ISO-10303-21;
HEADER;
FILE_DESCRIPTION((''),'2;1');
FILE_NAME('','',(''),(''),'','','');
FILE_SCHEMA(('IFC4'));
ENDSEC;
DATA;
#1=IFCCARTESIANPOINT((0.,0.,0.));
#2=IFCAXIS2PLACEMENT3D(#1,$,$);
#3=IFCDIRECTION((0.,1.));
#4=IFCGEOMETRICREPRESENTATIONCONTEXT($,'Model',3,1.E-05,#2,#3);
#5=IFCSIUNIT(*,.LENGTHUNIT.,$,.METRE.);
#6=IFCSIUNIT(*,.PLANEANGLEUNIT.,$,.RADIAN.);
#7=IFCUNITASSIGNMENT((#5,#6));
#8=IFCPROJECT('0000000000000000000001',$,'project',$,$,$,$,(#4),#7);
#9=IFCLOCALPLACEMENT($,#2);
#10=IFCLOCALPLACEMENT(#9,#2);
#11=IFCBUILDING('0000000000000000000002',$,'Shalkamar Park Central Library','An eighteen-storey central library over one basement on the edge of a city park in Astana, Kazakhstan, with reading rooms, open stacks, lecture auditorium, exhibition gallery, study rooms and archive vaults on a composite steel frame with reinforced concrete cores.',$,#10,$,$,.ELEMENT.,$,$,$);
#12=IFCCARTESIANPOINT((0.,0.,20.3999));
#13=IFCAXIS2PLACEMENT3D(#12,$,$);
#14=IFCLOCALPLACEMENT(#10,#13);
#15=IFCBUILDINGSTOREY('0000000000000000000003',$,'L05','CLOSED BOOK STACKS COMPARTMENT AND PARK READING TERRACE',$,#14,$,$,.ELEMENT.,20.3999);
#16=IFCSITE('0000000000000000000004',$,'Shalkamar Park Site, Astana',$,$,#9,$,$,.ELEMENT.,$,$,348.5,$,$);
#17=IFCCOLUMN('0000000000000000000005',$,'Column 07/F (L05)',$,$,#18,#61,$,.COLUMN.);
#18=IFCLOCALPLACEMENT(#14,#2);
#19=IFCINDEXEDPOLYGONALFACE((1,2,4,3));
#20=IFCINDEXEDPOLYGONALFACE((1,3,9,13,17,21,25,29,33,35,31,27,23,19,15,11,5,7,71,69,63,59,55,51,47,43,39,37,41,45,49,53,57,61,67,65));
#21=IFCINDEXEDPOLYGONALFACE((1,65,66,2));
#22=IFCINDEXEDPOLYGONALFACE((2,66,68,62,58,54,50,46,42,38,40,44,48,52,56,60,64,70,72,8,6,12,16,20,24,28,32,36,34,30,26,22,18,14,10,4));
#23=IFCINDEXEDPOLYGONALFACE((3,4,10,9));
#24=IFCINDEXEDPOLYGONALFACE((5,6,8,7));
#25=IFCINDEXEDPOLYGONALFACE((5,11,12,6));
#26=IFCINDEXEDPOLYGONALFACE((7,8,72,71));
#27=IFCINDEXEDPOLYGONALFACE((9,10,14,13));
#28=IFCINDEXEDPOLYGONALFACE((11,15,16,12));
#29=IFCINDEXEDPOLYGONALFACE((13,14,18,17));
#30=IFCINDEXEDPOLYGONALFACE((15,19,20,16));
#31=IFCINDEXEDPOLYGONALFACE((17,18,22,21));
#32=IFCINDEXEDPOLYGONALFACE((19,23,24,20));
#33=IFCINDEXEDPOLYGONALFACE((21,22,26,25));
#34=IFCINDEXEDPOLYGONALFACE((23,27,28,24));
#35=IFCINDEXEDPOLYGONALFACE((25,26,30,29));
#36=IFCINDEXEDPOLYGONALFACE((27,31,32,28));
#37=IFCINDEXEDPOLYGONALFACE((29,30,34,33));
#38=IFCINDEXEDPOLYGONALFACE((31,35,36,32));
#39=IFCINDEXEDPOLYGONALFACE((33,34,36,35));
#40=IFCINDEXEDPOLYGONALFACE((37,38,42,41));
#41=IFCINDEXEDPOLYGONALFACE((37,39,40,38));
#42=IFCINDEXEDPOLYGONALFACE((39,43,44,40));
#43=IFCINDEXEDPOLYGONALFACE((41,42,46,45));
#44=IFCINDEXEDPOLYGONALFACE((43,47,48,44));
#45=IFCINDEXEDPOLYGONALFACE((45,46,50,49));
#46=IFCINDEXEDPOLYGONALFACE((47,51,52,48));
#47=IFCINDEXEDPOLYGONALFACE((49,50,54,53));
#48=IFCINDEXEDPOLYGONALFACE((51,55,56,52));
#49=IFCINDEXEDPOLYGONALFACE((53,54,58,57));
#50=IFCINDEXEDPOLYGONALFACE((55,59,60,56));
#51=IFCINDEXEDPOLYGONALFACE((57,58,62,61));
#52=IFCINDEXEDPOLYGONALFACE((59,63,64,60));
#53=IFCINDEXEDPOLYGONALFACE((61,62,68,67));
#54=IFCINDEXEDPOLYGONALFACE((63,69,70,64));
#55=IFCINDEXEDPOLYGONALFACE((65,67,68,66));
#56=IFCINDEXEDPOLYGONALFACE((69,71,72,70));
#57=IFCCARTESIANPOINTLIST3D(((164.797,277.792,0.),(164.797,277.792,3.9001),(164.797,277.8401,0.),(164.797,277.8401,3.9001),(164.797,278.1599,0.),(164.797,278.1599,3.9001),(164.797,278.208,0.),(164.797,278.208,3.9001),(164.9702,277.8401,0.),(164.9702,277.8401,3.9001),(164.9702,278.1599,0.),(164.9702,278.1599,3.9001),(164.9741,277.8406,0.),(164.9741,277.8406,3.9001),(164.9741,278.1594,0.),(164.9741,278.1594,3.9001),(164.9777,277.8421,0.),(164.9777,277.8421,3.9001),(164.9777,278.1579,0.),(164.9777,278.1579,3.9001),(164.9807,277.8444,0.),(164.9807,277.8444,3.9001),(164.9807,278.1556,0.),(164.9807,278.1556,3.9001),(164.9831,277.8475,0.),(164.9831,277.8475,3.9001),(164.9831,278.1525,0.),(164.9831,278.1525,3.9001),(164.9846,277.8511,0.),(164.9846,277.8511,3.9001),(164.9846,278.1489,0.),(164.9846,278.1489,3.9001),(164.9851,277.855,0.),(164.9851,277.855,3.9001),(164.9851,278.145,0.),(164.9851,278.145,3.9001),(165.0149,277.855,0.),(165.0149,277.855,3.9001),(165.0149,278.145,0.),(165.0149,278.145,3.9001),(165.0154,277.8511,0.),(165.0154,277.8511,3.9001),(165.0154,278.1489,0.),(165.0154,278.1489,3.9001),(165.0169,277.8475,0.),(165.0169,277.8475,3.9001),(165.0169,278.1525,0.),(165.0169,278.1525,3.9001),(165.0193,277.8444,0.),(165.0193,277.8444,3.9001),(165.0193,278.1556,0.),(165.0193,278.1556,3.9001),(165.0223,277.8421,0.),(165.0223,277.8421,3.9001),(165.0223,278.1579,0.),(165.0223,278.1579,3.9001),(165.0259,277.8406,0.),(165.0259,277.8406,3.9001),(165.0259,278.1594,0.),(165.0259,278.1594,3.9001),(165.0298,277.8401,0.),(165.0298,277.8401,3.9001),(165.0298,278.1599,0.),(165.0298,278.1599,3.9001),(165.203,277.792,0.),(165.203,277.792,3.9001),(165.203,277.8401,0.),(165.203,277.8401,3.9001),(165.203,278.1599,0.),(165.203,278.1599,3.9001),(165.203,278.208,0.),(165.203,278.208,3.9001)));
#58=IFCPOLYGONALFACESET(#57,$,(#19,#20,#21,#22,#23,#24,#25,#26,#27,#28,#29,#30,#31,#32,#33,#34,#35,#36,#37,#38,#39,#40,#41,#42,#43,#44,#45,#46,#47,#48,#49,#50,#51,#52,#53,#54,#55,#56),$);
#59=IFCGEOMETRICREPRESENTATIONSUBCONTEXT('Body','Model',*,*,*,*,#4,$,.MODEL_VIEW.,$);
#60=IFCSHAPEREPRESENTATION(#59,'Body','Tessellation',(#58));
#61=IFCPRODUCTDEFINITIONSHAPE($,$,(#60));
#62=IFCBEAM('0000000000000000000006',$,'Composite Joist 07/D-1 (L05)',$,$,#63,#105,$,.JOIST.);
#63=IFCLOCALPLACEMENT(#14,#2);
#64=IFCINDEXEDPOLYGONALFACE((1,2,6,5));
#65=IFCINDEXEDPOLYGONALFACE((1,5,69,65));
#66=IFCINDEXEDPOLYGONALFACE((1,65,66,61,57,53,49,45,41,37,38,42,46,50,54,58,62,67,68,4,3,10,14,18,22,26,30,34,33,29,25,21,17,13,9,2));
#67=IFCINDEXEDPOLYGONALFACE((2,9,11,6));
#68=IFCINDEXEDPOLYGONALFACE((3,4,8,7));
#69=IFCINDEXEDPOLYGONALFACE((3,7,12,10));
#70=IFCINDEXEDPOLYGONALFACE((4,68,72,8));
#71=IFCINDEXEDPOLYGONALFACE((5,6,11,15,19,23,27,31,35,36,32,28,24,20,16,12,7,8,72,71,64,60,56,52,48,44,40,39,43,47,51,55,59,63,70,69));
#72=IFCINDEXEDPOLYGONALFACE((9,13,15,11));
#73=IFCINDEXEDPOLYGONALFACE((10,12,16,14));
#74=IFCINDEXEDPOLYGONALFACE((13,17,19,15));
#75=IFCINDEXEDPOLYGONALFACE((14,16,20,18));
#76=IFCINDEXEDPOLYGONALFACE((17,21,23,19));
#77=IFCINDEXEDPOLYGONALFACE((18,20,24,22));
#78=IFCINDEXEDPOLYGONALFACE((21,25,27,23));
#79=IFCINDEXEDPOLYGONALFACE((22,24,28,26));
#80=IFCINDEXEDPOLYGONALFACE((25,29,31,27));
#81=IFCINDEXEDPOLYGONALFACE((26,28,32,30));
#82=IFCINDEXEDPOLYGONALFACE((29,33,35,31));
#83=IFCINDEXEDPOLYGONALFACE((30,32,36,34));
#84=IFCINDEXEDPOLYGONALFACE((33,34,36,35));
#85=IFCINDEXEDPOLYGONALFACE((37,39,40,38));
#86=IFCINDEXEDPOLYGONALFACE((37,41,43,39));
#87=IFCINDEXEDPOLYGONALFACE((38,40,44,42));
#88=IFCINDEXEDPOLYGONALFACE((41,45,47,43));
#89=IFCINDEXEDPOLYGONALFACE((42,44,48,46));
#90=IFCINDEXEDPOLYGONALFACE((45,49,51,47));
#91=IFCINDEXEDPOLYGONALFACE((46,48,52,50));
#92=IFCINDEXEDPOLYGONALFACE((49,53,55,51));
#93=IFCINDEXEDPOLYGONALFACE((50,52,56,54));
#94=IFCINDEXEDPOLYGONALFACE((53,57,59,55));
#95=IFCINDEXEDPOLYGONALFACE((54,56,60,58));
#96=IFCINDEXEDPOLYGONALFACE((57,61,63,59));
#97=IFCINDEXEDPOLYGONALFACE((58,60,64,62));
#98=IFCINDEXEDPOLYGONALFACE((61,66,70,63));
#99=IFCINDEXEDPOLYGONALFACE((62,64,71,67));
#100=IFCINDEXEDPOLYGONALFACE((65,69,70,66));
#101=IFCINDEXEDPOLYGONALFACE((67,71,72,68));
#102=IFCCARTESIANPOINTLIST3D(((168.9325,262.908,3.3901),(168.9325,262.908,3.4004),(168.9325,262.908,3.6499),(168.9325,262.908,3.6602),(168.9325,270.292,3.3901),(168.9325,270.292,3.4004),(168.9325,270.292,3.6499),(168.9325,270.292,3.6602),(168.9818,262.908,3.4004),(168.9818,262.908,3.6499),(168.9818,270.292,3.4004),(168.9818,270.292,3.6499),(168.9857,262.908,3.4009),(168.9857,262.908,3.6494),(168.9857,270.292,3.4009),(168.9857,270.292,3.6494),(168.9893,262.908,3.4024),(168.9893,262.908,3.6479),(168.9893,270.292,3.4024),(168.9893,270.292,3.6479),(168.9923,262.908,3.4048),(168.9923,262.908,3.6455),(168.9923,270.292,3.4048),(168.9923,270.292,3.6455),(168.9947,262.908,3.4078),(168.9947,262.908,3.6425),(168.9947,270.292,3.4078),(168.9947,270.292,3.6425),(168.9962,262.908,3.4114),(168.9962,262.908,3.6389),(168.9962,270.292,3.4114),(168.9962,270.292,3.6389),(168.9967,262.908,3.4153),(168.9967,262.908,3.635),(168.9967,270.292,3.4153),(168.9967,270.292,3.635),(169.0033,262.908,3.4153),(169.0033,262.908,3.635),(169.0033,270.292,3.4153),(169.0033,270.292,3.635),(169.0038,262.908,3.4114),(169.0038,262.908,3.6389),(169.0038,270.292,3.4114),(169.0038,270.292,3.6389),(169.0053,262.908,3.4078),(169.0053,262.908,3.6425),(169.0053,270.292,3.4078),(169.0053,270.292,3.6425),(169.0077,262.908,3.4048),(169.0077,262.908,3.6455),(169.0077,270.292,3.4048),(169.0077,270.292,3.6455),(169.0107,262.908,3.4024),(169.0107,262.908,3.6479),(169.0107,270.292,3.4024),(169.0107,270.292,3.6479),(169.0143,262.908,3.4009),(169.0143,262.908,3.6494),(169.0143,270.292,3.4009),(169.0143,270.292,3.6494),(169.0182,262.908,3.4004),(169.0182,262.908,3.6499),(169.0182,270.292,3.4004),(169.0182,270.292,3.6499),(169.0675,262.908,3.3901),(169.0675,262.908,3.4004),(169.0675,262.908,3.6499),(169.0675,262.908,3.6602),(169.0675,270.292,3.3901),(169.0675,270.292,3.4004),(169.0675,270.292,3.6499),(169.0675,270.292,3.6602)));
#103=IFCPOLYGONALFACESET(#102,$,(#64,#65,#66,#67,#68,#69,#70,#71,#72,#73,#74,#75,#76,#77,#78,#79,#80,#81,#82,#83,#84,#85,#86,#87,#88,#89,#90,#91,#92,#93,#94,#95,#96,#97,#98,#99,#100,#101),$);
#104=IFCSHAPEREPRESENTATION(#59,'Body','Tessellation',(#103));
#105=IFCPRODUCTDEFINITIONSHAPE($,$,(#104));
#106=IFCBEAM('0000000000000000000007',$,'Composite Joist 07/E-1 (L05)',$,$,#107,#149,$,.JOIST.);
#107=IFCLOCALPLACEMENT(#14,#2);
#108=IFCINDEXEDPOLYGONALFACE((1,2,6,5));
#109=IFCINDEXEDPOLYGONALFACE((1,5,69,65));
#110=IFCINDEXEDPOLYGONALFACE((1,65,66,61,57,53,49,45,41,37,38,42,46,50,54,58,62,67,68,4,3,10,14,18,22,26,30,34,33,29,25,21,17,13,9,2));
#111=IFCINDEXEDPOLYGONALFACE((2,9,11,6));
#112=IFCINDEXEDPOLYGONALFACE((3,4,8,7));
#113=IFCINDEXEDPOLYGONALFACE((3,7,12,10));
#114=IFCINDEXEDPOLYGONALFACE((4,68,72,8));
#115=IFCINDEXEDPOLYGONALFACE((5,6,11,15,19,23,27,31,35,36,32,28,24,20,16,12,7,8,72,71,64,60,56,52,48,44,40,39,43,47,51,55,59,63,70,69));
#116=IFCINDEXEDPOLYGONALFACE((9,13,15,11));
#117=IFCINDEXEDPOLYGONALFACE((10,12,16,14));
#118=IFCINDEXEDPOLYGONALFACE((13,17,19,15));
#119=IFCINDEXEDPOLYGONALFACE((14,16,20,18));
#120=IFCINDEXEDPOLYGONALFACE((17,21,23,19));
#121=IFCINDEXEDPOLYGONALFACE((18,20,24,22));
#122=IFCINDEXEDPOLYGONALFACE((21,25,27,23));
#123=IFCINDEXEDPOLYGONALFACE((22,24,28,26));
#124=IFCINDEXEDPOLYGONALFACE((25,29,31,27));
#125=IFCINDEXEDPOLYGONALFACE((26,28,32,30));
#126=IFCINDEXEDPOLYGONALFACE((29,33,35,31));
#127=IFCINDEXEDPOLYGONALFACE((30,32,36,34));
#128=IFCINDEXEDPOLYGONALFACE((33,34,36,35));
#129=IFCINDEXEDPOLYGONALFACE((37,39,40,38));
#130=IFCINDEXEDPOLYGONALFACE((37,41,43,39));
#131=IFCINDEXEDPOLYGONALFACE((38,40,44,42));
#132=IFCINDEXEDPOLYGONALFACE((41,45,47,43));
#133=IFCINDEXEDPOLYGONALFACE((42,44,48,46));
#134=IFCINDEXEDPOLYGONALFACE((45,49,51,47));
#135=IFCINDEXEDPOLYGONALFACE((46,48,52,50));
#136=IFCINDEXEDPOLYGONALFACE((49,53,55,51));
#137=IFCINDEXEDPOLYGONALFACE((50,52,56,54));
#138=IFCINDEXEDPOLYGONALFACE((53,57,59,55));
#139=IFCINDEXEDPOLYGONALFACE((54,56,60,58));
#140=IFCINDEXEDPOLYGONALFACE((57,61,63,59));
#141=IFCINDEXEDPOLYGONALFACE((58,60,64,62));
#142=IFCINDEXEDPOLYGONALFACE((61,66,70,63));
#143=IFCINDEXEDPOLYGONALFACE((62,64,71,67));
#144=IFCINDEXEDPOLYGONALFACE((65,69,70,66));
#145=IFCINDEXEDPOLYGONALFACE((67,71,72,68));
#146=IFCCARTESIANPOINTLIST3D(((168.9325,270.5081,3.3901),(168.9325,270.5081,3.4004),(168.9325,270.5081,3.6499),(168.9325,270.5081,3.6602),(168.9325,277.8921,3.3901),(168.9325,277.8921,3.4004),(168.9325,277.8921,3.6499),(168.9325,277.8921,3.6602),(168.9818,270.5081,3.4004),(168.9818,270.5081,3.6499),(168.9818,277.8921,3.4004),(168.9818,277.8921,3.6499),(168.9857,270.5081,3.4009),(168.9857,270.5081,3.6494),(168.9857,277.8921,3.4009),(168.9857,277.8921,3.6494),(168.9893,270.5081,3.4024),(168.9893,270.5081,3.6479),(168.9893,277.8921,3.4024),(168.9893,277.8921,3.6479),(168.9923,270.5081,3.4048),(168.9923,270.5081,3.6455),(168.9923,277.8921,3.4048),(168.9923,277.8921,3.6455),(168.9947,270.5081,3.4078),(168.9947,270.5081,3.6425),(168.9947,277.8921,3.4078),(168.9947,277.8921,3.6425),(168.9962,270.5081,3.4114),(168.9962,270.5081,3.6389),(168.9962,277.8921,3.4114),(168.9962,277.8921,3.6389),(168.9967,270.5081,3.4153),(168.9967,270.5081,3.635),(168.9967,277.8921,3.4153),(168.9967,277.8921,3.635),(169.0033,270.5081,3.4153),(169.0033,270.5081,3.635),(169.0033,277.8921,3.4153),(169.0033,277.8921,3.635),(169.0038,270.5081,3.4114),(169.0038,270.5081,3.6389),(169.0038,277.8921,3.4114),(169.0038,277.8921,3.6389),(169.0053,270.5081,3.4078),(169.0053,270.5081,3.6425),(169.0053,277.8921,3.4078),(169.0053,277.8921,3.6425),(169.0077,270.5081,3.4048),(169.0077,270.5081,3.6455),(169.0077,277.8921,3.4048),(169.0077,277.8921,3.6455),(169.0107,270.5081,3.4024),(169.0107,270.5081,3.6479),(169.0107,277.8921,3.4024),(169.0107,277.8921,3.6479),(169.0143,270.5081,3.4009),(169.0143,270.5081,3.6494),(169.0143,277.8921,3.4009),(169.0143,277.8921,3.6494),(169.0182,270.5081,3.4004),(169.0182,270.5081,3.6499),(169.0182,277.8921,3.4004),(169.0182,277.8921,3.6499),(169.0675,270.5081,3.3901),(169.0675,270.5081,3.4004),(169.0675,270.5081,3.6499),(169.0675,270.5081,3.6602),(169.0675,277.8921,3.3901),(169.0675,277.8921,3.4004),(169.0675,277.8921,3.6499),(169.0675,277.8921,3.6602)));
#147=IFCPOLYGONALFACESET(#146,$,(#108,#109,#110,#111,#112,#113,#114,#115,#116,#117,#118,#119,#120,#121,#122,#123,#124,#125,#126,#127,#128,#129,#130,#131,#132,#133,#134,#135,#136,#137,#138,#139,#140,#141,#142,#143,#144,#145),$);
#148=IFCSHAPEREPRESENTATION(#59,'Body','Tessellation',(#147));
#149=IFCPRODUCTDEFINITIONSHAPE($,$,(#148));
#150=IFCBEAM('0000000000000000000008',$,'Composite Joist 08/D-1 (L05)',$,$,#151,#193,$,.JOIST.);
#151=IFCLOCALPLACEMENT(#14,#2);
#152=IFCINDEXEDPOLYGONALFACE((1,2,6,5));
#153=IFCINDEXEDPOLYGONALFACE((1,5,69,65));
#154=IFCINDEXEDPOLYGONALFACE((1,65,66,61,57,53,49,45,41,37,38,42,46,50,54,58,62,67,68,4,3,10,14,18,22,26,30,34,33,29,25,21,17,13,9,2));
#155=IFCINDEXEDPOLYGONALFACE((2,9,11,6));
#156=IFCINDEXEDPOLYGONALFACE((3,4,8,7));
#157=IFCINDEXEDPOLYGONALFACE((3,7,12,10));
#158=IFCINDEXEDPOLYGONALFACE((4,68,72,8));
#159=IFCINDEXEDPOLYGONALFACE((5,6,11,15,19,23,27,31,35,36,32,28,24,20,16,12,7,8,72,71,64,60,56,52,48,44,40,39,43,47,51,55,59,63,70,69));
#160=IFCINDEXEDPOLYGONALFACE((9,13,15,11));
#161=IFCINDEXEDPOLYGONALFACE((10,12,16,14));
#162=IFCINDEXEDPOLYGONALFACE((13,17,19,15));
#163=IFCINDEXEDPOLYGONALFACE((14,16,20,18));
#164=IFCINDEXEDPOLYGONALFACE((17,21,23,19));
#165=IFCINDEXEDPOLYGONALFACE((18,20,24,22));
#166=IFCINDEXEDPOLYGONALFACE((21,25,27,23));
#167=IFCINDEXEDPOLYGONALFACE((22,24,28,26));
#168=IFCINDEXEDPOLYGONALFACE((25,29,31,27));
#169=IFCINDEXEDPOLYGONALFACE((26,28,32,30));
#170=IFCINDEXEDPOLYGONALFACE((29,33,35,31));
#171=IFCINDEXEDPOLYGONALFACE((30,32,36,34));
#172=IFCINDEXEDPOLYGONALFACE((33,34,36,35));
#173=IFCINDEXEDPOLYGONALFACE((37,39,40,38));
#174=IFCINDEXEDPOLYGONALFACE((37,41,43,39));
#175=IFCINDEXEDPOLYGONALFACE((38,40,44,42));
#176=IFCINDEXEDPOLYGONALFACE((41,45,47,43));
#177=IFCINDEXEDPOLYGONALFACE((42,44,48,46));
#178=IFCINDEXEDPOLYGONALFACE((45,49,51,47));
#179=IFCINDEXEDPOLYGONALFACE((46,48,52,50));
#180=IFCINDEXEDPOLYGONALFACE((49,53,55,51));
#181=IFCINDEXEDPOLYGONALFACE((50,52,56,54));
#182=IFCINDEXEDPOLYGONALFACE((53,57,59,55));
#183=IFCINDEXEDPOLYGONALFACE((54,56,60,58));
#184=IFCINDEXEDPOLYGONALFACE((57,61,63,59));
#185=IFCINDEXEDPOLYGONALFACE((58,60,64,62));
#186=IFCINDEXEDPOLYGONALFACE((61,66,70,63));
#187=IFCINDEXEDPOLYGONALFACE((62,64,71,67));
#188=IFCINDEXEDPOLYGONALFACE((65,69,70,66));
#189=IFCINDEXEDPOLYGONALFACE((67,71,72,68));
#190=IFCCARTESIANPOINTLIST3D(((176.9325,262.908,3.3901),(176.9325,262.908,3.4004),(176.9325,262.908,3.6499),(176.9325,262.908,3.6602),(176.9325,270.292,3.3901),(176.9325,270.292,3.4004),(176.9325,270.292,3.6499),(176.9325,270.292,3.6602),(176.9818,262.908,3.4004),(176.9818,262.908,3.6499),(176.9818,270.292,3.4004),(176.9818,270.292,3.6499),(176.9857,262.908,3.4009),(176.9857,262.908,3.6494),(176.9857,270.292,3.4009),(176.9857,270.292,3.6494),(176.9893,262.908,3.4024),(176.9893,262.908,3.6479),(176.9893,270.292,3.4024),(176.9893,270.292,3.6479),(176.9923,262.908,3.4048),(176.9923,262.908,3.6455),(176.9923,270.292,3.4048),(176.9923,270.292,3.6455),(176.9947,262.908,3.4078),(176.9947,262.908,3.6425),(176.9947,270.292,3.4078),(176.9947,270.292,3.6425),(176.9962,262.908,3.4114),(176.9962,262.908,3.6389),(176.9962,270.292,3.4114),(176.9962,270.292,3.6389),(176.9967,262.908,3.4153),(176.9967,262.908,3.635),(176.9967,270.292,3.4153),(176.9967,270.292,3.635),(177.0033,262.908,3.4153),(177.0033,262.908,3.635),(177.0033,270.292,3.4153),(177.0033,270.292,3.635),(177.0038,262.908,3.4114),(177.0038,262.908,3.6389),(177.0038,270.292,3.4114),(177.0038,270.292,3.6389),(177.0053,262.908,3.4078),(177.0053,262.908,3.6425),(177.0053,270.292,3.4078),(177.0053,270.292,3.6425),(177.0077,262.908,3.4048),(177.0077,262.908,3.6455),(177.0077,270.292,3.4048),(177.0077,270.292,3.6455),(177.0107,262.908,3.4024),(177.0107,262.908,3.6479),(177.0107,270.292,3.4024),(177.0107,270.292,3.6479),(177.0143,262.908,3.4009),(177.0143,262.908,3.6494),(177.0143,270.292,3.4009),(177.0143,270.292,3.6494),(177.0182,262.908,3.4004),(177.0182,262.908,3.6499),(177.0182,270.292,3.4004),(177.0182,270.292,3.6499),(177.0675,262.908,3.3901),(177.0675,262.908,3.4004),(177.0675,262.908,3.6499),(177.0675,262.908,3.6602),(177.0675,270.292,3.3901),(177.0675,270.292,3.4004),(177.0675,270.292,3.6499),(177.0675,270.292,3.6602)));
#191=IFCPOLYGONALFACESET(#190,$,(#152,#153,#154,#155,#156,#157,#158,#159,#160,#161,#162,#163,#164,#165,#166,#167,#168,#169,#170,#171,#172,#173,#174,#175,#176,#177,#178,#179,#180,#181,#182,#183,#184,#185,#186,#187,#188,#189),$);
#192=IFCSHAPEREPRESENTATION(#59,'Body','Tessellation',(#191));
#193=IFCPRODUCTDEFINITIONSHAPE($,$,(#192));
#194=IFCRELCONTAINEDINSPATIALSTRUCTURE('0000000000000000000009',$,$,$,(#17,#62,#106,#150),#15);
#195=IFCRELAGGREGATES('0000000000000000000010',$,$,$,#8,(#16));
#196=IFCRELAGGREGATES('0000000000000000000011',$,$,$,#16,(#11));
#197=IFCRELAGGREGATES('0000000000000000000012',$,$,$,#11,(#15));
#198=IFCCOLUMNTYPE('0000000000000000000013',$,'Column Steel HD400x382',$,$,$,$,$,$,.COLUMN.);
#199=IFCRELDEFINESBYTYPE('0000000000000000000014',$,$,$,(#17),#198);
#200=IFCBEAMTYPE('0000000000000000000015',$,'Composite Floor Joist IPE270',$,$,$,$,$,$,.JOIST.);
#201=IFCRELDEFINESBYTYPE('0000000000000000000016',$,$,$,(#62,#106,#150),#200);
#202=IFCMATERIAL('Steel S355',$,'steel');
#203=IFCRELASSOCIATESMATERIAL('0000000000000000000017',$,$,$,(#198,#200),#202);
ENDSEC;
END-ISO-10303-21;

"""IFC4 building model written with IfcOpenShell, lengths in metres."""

from ifc_helpers import new_model, si_unit, direction, frame, origin, origin_2d, place, context, subcontext, project, spatial, i_section, extrude, material, material_profile, profile_set, type_object, element, save


model = new_model("IFC4")

# Units and contexts
model_context = context("Model", 3, precision=1e-05, world=origin(), true_north=direction((0.0, 1.0)))
body_context = subcontext(model_context, "Body", "Model", "MODEL_VIEW")
ifc_project = project(units=[si_unit("LENGTHUNIT", "METRE"), si_unit("PLANEANGLEUNIT", "RADIAN")], contexts=[model_context])

# Site, building, storey
site_placement = place(None, origin())
site = spatial("IfcSite", under=ifc_project, at=site_placement, Name="Shalkamar Park Site, Astana", CompositionType="ELEMENT", RefElevation=348.5)
building_placement = place(site_placement, origin())
building = spatial("IfcBuilding", under=site, at=building_placement, Name="Shalkamar Park Central Library", Description="An eighteen-storey central library over one basement on the edge of a city park in Astana, Kazakhstan, with reading rooms, open stacks, lecture auditorium, exhibition gallery, study rooms and archive vaults on a composite steel frame with reinforced concrete cores.", CompositionType="ELEMENT")
storey_placement = place(building_placement, frame((0.0, 0.0, 20.3999)))
storey = spatial("IfcBuildingStorey", under=building, at=storey_placement, Name="L05", Description="CLOSED BOOK STACKS COMPARTMENT AND PARK READING TERRACE", CompositionType="ELEMENT", Elevation=20.3999)

# Column
ifc_material_1 = material(Name="Steel S355", Category="steel")
ifc_material_profile_1 = material_profile(ifc_material_1, i_section(OverallWidth=0.406, OverallDepth=0.416, WebThickness=0.0298, FlangeThickness=0.0481, FilletRadius=0.0149, at=origin_2d()), Name="HD 400x382")
ifc_profile_set_1 = profile_set([ifc_material_profile_1], Name="Steel S355")
column_type_1 = type_object("IfcColumnType", Name="Column Steel HD400x382", PredefinedType="COLUMN", material=ifc_profile_set_1)
for number, where, z_axis, x_axis, name in (
    (1, (165.0, 278.0, 0.0), (0.0, 0.0, 1.0), (1.0, 0.0, 0.0), "Column 07/F (L05)"),
):
    element("IfcColumn", number, at=place(storey_placement, frame(where, z_axis=z_axis, x_axis=x_axis)), inside=storey, type_object=column_type_1, Name=name, PredefinedType="COLUMN", context=body_context, shape_type="SweptSolid", body=[
        extrude(i_section(OverallWidth=0.406, OverallDepth=0.416, WebThickness=0.0298, FlangeThickness=0.0481, FilletRadius=0.0149, at=origin_2d()), origin(), (0.0, 0.0, 1.0), 3.9001),
    ])

# Beams
ifc_material_profile_2 = material_profile(ifc_material_1, i_section(OverallWidth=0.135, OverallDepth=0.27, WebThickness=0.0066, FlangeThickness=0.0103, FilletRadius=0.0149, at=origin_2d()), Name="IPE 270")
ifc_profile_set_2 = profile_set([ifc_material_profile_2], Name="Steel S355")
beam_type_1 = type_object("IfcBeamType", Name="Composite Floor Joist IPE270", PredefinedType="JOIST", material=ifc_profile_set_2)
for number, where, z_axis, x_axis, name in (
    (2, (169.0, 262.908, 3.5251), (0.0, 1.0, 0.0), (-1.0, 0.0, 0.0), "Composite Joist 07/D-1 (L05)"),
    (3, (169.0, 270.5081, 3.5251), (0.0, 1.0, 0.0), (-1.0, 0.0, 0.0), "Composite Joist 07/E-1 (L05)"),
    (4, (177.0, 262.908, 3.5251), (0.0, 1.0, 0.0), (-1.0, 0.0, 0.0), "Composite Joist 08/D-1 (L05)"),
):
    element("IfcBeam", number, at=place(storey_placement, frame(where, z_axis=z_axis, x_axis=x_axis)), inside=storey, type_object=beam_type_1, Name=name, PredefinedType="JOIST", context=body_context, shape_type="SweptSolid", body=[
        extrude(i_section(OverallWidth=0.135, OverallDepth=0.27, WebThickness=0.0066, FlangeThickness=0.0103, FilletRadius=0.0149, at=origin_2d()), origin(), (0.0, 0.0, 1.0), 7.384),
    ])

save(model, "model.ifc")
